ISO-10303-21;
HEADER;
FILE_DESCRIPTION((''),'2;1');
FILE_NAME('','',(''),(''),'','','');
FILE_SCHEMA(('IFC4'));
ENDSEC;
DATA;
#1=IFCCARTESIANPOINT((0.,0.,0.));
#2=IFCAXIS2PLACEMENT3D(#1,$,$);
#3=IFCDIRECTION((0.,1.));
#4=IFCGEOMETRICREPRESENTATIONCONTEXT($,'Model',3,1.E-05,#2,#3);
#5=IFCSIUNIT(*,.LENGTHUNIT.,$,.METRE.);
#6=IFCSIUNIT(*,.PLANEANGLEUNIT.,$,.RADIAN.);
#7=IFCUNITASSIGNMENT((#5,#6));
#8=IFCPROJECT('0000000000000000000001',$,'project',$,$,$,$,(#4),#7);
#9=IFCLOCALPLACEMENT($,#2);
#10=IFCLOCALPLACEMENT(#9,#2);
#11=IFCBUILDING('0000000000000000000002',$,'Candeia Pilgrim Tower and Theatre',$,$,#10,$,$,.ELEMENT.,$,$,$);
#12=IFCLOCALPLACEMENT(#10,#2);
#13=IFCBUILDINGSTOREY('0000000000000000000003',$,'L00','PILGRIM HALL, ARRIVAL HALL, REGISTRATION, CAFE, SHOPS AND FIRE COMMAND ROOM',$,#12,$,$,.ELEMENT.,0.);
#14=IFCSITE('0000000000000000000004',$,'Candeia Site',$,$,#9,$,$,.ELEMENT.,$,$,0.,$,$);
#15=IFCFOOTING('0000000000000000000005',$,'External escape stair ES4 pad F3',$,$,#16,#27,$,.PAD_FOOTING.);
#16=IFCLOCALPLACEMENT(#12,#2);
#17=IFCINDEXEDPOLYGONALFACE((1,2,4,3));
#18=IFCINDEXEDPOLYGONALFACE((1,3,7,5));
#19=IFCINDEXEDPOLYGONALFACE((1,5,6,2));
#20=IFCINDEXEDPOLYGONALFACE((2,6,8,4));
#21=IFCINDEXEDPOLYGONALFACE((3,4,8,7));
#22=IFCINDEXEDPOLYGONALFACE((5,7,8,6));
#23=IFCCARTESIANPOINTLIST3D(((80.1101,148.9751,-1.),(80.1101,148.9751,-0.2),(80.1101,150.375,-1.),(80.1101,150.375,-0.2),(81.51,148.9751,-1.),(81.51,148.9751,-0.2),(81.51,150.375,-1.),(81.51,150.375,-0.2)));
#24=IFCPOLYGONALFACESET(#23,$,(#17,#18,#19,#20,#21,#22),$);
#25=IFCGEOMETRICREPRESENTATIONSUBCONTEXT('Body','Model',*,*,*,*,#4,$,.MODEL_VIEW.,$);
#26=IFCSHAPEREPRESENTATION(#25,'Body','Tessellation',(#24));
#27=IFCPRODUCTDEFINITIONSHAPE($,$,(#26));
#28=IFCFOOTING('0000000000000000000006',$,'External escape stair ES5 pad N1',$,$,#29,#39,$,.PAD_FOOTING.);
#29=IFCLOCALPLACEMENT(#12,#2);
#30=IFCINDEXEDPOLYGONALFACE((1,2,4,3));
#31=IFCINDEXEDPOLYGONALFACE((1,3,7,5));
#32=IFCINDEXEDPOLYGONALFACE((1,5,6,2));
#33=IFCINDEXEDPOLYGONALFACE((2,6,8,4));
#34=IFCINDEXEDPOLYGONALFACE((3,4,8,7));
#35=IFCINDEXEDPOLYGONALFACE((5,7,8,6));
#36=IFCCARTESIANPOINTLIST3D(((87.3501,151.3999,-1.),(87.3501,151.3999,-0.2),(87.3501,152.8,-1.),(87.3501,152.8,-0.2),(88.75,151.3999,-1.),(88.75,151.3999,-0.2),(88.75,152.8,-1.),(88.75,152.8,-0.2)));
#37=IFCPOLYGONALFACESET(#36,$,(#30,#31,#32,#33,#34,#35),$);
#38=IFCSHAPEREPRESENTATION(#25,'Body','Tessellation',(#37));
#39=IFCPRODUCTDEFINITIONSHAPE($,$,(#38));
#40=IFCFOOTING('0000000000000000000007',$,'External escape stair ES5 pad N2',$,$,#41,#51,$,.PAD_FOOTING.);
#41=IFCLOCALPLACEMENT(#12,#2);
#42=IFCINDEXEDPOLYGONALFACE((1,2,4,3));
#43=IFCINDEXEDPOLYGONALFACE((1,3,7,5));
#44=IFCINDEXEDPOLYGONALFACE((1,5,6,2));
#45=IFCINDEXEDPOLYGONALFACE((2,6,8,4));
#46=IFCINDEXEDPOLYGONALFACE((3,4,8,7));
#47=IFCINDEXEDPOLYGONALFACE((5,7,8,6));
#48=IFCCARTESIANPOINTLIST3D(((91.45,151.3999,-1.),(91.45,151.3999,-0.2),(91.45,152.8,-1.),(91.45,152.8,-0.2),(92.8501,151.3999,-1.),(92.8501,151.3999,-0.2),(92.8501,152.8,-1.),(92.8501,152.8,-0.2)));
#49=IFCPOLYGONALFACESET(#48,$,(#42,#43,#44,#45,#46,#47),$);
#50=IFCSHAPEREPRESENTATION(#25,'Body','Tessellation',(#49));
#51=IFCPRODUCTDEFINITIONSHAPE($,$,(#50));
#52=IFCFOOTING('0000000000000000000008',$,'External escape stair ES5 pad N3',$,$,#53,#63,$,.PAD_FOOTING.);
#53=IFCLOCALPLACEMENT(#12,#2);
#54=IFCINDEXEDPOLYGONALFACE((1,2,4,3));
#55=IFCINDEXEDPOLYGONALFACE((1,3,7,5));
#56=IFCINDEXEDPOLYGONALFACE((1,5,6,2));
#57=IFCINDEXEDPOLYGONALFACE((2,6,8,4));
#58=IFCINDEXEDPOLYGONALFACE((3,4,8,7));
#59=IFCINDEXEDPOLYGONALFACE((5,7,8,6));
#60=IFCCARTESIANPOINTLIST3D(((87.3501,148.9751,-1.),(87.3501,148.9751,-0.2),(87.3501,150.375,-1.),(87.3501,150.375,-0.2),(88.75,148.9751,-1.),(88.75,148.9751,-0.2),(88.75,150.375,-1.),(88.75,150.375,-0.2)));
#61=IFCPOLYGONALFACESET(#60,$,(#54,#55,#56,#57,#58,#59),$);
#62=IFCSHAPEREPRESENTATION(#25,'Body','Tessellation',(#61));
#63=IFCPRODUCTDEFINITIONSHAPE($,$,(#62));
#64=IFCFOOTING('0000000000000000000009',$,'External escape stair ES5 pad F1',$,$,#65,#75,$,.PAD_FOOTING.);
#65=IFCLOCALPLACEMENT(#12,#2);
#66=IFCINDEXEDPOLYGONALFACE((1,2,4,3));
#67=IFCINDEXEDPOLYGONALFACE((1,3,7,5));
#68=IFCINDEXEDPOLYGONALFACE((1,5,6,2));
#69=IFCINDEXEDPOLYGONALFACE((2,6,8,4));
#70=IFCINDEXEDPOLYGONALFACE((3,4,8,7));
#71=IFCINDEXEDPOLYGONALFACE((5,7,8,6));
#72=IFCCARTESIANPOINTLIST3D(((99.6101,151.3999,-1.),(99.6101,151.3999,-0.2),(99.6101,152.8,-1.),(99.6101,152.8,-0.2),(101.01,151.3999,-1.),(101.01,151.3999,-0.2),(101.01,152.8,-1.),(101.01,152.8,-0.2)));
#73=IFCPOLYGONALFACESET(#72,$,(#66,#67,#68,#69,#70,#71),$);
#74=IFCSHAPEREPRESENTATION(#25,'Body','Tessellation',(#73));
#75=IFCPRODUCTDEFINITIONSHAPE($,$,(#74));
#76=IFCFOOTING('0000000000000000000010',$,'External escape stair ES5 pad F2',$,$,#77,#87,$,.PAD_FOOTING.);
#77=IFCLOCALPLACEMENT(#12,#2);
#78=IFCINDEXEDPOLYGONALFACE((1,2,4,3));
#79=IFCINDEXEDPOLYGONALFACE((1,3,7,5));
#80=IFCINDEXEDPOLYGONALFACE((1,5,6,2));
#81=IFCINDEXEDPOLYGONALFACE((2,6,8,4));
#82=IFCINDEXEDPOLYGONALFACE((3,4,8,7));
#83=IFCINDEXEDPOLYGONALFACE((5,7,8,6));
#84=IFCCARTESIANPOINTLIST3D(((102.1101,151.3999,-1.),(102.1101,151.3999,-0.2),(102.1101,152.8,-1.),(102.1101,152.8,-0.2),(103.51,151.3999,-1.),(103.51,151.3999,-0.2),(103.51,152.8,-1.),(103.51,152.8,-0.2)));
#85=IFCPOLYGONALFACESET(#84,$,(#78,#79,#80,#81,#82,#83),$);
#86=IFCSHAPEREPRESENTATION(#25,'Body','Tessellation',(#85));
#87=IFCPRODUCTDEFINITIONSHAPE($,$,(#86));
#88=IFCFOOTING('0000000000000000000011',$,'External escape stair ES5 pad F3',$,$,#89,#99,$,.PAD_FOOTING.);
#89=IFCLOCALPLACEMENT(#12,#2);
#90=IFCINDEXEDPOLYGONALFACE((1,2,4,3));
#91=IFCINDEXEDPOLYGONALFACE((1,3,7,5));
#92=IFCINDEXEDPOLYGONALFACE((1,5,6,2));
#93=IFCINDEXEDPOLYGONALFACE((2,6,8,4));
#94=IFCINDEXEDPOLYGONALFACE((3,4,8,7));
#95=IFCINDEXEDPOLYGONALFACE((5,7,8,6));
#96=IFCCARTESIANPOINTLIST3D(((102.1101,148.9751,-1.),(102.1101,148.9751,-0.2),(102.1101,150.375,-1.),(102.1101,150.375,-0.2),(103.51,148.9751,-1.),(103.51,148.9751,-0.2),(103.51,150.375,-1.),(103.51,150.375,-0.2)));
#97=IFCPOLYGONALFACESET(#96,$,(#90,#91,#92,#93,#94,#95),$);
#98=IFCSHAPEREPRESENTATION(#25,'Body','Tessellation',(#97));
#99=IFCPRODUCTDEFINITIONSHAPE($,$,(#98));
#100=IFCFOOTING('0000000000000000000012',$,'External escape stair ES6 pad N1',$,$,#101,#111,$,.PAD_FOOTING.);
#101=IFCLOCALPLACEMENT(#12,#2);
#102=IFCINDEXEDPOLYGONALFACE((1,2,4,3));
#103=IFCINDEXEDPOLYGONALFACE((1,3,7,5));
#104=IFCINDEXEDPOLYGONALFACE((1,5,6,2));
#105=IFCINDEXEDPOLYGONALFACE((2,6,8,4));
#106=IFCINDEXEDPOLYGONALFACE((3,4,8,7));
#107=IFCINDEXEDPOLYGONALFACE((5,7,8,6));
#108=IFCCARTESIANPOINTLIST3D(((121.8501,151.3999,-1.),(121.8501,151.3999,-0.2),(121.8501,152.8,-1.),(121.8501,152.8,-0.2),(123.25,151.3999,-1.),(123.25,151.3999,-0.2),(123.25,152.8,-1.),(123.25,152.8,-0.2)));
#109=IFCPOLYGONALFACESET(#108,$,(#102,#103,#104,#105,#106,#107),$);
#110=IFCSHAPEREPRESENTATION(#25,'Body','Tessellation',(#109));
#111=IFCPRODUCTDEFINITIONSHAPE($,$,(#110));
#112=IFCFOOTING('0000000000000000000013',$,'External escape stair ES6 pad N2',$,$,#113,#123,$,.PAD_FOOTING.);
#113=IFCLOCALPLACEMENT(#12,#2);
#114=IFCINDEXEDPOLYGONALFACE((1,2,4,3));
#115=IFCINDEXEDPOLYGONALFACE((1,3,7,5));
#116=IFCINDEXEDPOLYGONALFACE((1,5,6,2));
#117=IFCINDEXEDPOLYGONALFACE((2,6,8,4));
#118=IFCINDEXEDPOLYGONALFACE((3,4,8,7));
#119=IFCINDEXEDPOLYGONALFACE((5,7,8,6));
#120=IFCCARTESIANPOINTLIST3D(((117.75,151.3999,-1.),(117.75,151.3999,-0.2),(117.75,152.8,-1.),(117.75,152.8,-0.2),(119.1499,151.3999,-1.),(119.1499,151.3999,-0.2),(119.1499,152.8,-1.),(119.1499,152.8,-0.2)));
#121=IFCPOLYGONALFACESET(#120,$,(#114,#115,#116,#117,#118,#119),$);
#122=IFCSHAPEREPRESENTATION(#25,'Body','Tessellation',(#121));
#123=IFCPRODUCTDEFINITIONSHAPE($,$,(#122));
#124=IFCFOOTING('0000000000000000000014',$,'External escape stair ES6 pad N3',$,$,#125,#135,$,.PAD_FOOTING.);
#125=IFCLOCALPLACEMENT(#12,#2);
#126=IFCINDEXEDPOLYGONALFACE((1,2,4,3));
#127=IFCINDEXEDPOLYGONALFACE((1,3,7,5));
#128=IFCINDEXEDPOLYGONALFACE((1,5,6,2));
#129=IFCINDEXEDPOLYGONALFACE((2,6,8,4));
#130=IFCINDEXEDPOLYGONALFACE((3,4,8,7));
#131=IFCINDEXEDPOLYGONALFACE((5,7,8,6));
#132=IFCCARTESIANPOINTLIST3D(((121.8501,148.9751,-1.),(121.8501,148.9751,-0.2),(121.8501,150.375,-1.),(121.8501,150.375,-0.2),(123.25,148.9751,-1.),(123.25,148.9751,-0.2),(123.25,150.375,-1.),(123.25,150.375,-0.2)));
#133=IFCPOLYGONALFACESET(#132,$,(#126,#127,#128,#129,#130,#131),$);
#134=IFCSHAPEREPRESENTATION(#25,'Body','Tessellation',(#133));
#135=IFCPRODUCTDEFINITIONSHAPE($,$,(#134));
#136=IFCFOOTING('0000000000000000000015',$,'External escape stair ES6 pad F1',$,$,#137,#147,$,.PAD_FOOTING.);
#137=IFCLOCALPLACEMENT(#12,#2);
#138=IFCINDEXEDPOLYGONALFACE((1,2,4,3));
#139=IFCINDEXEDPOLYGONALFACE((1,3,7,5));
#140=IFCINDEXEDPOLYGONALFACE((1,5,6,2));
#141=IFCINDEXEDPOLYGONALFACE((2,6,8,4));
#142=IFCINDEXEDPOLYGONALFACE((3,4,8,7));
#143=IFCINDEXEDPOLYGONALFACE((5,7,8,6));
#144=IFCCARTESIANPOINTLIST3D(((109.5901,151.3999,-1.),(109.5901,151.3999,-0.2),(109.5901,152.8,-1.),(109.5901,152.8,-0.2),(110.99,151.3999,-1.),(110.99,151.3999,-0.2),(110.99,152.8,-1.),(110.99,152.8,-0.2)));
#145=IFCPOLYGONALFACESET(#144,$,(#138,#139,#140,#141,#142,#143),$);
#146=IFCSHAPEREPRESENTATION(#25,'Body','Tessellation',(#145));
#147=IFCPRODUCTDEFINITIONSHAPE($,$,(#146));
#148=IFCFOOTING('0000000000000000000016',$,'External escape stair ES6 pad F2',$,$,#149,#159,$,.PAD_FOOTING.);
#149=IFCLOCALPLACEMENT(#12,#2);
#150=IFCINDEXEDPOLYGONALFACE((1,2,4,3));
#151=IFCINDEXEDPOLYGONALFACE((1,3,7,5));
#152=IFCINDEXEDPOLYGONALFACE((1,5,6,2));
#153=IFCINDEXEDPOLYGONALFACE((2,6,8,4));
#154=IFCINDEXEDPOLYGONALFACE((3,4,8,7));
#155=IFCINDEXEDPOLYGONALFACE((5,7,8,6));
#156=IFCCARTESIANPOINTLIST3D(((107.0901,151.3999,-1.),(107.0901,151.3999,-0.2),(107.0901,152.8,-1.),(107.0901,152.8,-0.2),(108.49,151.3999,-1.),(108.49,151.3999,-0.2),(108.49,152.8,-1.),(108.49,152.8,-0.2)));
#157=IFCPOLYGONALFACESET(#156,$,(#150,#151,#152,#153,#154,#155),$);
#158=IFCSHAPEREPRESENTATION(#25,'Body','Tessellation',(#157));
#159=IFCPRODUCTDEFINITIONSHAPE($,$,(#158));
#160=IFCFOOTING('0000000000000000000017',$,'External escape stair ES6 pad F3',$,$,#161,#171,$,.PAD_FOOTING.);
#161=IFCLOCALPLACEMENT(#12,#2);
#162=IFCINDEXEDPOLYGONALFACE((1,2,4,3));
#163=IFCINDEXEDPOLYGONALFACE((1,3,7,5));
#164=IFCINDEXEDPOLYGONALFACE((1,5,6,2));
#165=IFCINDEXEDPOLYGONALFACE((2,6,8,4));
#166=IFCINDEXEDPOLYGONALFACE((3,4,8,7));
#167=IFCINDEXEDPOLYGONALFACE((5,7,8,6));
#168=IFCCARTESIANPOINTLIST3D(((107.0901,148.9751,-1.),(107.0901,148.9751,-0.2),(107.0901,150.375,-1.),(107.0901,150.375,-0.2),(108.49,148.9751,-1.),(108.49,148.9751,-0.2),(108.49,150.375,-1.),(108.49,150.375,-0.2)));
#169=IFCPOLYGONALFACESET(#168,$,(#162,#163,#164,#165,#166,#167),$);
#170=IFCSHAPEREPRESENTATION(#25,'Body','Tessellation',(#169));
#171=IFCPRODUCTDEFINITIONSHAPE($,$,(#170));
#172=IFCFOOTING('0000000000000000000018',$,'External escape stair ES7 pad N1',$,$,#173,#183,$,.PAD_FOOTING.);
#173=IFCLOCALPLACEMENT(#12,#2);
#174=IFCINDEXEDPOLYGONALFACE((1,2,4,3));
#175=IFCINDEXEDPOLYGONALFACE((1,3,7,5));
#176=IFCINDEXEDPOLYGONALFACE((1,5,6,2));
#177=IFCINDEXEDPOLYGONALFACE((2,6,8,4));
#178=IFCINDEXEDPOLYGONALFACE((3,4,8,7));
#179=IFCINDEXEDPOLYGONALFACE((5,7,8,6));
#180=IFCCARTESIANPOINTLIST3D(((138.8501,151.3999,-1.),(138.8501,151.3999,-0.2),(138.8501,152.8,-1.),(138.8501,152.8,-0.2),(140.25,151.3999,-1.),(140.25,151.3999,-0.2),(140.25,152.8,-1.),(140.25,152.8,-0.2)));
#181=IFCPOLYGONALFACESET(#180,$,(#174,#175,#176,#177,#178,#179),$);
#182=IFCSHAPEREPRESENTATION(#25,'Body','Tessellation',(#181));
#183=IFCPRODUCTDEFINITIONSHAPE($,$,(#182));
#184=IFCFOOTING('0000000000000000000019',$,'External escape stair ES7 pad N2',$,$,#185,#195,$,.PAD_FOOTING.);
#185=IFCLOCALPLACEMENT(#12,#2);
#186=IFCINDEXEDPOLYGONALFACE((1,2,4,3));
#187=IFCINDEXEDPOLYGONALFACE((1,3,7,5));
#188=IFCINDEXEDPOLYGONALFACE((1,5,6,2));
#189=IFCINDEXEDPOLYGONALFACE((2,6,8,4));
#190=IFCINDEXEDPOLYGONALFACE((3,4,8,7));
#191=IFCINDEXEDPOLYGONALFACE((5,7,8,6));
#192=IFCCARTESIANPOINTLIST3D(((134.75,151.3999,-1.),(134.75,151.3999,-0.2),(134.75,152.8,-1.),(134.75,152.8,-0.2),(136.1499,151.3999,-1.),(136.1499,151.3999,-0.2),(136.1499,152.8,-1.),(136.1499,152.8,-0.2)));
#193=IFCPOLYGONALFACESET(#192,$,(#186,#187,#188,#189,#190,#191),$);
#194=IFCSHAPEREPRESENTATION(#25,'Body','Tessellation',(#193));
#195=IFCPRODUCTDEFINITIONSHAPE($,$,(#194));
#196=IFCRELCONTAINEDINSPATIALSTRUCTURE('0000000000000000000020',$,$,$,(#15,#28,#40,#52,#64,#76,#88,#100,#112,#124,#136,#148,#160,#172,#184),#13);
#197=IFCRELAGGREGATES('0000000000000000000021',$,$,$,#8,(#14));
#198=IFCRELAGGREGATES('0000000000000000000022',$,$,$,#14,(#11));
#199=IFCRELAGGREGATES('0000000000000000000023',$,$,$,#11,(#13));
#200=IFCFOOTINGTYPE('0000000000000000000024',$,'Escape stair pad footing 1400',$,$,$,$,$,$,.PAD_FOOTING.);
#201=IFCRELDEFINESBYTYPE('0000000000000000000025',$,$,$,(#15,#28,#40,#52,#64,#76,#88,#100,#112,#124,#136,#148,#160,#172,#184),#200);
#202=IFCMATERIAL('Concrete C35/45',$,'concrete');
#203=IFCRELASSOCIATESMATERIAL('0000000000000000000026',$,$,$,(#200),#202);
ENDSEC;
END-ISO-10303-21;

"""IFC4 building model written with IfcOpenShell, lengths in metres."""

from ifc_helpers import new_model, si_unit, direction, frame, origin, place, context, subcontext, project, spatial, polyline, outline, extrude, material, type_object, element, save


model = new_model("IFC4")

# Units and contexts
model_context = context("Model", 3, precision=1e-05, world=origin(), true_north=direction((0.0, 1.0)))
body_context = subcontext(model_context, "Body", "Model", "MODEL_VIEW")
ifc_project = project(units=[si_unit("LENGTHUNIT", "METRE"), si_unit("PLANEANGLEUNIT", "RADIAN")], contexts=[model_context])

# Site, building, storey
site_placement = place(None, origin())
site = spatial("IfcSite", under=ifc_project, at=site_placement, Name="Candeia Site", CompositionType="ELEMENT", RefElevation=0.0)
building_placement = place(site_placement, origin())
building = spatial("IfcBuilding", under=site, at=building_placement, Name="Candeia Pilgrim Tower and Theatre", CompositionType="ELEMENT")
storey_placement = place(building_placement, origin())
storey = spatial("IfcBuildingStorey", under=building, at=storey_placement, Name="L00", Description="PILGRIM HALL, ARRIVAL HALL, REGISTRATION, CAFE, SHOPS AND FIRE COMMAND ROOM", CompositionType="ELEMENT", Elevation=0.0)

# Footings
ifc_material = material(Name="Concrete C35/45", Category="concrete")
footing_type = type_object("IfcFootingType", Name="Escape stair pad footing 1400", PredefinedType="PAD_FOOTING", material=ifc_material)
footing_1_placement = place(storey_placement, frame((0.0, 0.0, -1.0)))
element("IfcFooting", 1, at=footing_1_placement, inside=storey, type_object=footing_type, Name="External escape stair ES4 pad F3", PredefinedType="PAD_FOOTING", context=body_context, shape_type="SweptSolid", body=[
    extrude(outline(polyline([(80.1101, 148.9751), (81.51, 148.9751), (81.51, 150.375), (80.1101, 150.375), (80.1101, 148.9751)])), origin(), (0.0, 0.0, 1.0), 0.8),
])
footing_2_placement = place(storey_placement, frame((0.0, 0.0, -1.0)))
element("IfcFooting", 2, at=footing_2_placement, inside=storey, type_object=footing_type, Name="External escape stair ES5 pad N1", PredefinedType="PAD_FOOTING", context=body_context, shape_type="SweptSolid", body=[
    extrude(outline(polyline([(87.3501, 151.3999), (88.75, 151.3999), (88.75, 152.8), (87.3501, 152.8), (87.3501, 151.3999)])), origin(), (0.0, 0.0, 1.0), 0.8),
])
footing_3_placement = place(storey_placement, frame((0.0, 0.0, -1.0)))
element("IfcFooting", 3, at=footing_3_placement, inside=storey, type_object=footing_type, Name="External escape stair ES5 pad N2", PredefinedType="PAD_FOOTING", context=body_context, shape_type="SweptSolid", body=[
    extrude(outline(polyline([(91.45, 151.3999), (92.8501, 151.3999), (92.8501, 152.8), (91.45, 152.8), (91.45, 151.3999)])), origin(), (0.0, 0.0, 1.0), 0.8),
])
footing_4_placement = place(storey_placement, frame((0.0, 0.0, -1.0)))
element("IfcFooting", 4, at=footing_4_placement, inside=storey, type_object=footing_type, Name="External escape stair ES5 pad N3", PredefinedType="PAD_FOOTING", context=body_context, shape_type="SweptSolid", body=[
    extrude(outline(polyline([(87.3501, 148.9751), (88.75, 148.9751), (88.75, 150.375), (87.3501, 150.375), (87.3501, 148.9751)])), origin(), (0.0, 0.0, 1.0), 0.8),
])
footing_5_placement = place(storey_placement, frame((0.0, 0.0, -1.0)))
element("IfcFooting", 5, at=footing_5_placement, inside=storey, type_object=footing_type, Name="External escape stair ES5 pad F1", PredefinedType="PAD_FOOTING", context=body_context, shape_type="SweptSolid", body=[
    extrude(outline(polyline([(99.6101, 151.3999), (101.01, 151.3999), (101.01, 152.8), (99.6101, 152.8), (99.6101, 151.3999)])), origin(), (0.0, 0.0, 1.0), 0.8),
])
footing_6_placement = place(storey_placement, frame((0.0, 0.0, -1.0)))
element("IfcFooting", 6, at=footing_6_placement, inside=storey, type_object=footing_type, Name="External escape stair ES5 pad F2", PredefinedType="PAD_FOOTING", context=body_context, shape_type="SweptSolid", body=[
    extrude(outline(polyline([(102.1101, 151.3999), (103.51, 151.3999), (103.51, 152.8), (102.1101, 152.8), (102.1101, 151.3999)])), origin(), (0.0, 0.0, 1.0), 0.8),
])
footing_7_placement = place(storey_placement, frame((0.0, 0.0, -1.0)))
element("IfcFooting", 7, at=footing_7_placement, inside=storey, type_object=footing_type, Name="External escape stair ES5 pad F3", PredefinedType="PAD_FOOTING", context=body_context, shape_type="SweptSolid", body=[
    extrude(outline(polyline([(102.1101, 148.9751), (103.51, 148.9751), (103.51, 150.375), (102.1101, 150.375), (102.1101, 148.9751)])), origin(), (0.0, 0.0, 1.0), 0.8),
])
footing_8_placement = place(storey_placement, frame((0.0, 0.0, -1.0)))
element("IfcFooting", 8, at=footing_8_placement, inside=storey, type_object=footing_type, Name="External escape stair ES6 pad N1", PredefinedType="PAD_FOOTING", context=body_context, shape_type="SweptSolid", body=[
    extrude(outline(polyline([(121.8501, 151.3999), (123.25, 151.3999), (123.25, 152.8), (121.8501, 152.8), (121.8501, 151.3999)])), origin(), (0.0, 0.0, 1.0), 0.8),
])
footing_9_placement = place(storey_placement, frame((0.0, 0.0, -1.0)))
element("IfcFooting", 9, at=footing_9_placement, inside=storey, type_object=footing_type, Name="External escape stair ES6 pad N2", PredefinedType="PAD_FOOTING", context=body_context, shape_type="SweptSolid", body=[
    extrude(outline(polyline([(117.75, 151.3999), (119.1499, 151.3999), (119.1499, 152.8), (117.75, 152.8), (117.75, 151.3999)])), origin(), (0.0, 0.0, 1.0), 0.8),
])
footing_10_placement = place(storey_placement, frame((0.0, 0.0, -1.0)))
element("IfcFooting", 10, at=footing_10_placement, inside=storey, type_object=footing_type, Name="External escape stair ES6 pad N3", PredefinedType="PAD_FOOTING", context=body_context, shape_type="SweptSolid", body=[
    extrude(outline(polyline([(121.8501, 148.9751), (123.25, 148.9751), (123.25, 150.375), (121.8501, 150.375), (121.8501, 148.9751)])), origin(), (0.0, 0.0, 1.0), 0.8),
])
footing_11_placement = place(storey_placement, frame((0.0, 0.0, -1.0)))
element("IfcFooting", 11, at=footing_11_placement, inside=storey, type_object=footing_type, Name="External escape stair ES6 pad F1", PredefinedType="PAD_FOOTING", context=body_context, shape_type="SweptSolid", body=[
    extrude(outline(polyline([(109.5901, 151.3999), (110.99, 151.3999), (110.99, 152.8), (109.5901, 152.8), (109.5901, 151.3999)])), origin(), (0.0, 0.0, 1.0), 0.8),
])
footing_12_placement = place(storey_placement, frame((0.0, 0.0, -1.0)))
element("IfcFooting", 12, at=footing_12_placement, inside=storey, type_object=footing_type, Name="External escape stair ES6 pad F2", PredefinedType="PAD_FOOTING", context=body_context, shape_type="SweptSolid", body=[
    extrude(outline(polyline([(107.0901, 151.3999), (108.49, 151.3999), (108.49, 152.8), (107.0901, 152.8), (107.0901, 151.3999)])), origin(), (0.0, 0.0, 1.0), 0.8),
])
footing_13_placement = place(storey_placement, frame((0.0, 0.0, -1.0)))
element("IfcFooting", 13, at=footing_13_placement, inside=storey, type_object=footing_type, Name="External escape stair ES6 pad F3", PredefinedType="PAD_FOOTING", context=body_context, shape_type="SweptSolid", body=[
    extrude(outline(polyline([(107.0901, 148.9751), (108.49, 148.9751), (108.49, 150.375), (107.0901, 150.375), (107.0901, 148.9751)])), origin(), (0.0, 0.0, 1.0), 0.8),
])
footing_14_placement = place(storey_placement, frame((0.0, 0.0, -1.0)))
element("IfcFooting", 14, at=footing_14_placement, inside=storey, type_object=footing_type, Name="External escape stair ES7 pad N1", PredefinedType="PAD_FOOTING", context=body_context, shape_type="SweptSolid", body=[
    extrude(outline(polyline([(138.8501, 151.3999), (140.25, 151.3999), (140.25, 152.8), (138.8501, 152.8), (138.8501, 151.3999)])), origin(), (0.0, 0.0, 1.0), 0.8),
])
footing_15_placement = place(storey_placement, frame((0.0, 0.0, -1.0)))
element("IfcFooting", 15, at=footing_15_placement, inside=storey, type_object=footing_type, Name="External escape stair ES7 pad N2", PredefinedType="PAD_FOOTING", context=body_context, shape_type="SweptSolid", body=[
    extrude(outline(polyline([(134.75, 151.3999), (136.1499, 151.3999), (136.1499, 152.8), (134.75, 152.8), (134.75, 151.3999)])), origin(), (0.0, 0.0, 1.0), 0.8),
])

save(model, "model.ifc")
